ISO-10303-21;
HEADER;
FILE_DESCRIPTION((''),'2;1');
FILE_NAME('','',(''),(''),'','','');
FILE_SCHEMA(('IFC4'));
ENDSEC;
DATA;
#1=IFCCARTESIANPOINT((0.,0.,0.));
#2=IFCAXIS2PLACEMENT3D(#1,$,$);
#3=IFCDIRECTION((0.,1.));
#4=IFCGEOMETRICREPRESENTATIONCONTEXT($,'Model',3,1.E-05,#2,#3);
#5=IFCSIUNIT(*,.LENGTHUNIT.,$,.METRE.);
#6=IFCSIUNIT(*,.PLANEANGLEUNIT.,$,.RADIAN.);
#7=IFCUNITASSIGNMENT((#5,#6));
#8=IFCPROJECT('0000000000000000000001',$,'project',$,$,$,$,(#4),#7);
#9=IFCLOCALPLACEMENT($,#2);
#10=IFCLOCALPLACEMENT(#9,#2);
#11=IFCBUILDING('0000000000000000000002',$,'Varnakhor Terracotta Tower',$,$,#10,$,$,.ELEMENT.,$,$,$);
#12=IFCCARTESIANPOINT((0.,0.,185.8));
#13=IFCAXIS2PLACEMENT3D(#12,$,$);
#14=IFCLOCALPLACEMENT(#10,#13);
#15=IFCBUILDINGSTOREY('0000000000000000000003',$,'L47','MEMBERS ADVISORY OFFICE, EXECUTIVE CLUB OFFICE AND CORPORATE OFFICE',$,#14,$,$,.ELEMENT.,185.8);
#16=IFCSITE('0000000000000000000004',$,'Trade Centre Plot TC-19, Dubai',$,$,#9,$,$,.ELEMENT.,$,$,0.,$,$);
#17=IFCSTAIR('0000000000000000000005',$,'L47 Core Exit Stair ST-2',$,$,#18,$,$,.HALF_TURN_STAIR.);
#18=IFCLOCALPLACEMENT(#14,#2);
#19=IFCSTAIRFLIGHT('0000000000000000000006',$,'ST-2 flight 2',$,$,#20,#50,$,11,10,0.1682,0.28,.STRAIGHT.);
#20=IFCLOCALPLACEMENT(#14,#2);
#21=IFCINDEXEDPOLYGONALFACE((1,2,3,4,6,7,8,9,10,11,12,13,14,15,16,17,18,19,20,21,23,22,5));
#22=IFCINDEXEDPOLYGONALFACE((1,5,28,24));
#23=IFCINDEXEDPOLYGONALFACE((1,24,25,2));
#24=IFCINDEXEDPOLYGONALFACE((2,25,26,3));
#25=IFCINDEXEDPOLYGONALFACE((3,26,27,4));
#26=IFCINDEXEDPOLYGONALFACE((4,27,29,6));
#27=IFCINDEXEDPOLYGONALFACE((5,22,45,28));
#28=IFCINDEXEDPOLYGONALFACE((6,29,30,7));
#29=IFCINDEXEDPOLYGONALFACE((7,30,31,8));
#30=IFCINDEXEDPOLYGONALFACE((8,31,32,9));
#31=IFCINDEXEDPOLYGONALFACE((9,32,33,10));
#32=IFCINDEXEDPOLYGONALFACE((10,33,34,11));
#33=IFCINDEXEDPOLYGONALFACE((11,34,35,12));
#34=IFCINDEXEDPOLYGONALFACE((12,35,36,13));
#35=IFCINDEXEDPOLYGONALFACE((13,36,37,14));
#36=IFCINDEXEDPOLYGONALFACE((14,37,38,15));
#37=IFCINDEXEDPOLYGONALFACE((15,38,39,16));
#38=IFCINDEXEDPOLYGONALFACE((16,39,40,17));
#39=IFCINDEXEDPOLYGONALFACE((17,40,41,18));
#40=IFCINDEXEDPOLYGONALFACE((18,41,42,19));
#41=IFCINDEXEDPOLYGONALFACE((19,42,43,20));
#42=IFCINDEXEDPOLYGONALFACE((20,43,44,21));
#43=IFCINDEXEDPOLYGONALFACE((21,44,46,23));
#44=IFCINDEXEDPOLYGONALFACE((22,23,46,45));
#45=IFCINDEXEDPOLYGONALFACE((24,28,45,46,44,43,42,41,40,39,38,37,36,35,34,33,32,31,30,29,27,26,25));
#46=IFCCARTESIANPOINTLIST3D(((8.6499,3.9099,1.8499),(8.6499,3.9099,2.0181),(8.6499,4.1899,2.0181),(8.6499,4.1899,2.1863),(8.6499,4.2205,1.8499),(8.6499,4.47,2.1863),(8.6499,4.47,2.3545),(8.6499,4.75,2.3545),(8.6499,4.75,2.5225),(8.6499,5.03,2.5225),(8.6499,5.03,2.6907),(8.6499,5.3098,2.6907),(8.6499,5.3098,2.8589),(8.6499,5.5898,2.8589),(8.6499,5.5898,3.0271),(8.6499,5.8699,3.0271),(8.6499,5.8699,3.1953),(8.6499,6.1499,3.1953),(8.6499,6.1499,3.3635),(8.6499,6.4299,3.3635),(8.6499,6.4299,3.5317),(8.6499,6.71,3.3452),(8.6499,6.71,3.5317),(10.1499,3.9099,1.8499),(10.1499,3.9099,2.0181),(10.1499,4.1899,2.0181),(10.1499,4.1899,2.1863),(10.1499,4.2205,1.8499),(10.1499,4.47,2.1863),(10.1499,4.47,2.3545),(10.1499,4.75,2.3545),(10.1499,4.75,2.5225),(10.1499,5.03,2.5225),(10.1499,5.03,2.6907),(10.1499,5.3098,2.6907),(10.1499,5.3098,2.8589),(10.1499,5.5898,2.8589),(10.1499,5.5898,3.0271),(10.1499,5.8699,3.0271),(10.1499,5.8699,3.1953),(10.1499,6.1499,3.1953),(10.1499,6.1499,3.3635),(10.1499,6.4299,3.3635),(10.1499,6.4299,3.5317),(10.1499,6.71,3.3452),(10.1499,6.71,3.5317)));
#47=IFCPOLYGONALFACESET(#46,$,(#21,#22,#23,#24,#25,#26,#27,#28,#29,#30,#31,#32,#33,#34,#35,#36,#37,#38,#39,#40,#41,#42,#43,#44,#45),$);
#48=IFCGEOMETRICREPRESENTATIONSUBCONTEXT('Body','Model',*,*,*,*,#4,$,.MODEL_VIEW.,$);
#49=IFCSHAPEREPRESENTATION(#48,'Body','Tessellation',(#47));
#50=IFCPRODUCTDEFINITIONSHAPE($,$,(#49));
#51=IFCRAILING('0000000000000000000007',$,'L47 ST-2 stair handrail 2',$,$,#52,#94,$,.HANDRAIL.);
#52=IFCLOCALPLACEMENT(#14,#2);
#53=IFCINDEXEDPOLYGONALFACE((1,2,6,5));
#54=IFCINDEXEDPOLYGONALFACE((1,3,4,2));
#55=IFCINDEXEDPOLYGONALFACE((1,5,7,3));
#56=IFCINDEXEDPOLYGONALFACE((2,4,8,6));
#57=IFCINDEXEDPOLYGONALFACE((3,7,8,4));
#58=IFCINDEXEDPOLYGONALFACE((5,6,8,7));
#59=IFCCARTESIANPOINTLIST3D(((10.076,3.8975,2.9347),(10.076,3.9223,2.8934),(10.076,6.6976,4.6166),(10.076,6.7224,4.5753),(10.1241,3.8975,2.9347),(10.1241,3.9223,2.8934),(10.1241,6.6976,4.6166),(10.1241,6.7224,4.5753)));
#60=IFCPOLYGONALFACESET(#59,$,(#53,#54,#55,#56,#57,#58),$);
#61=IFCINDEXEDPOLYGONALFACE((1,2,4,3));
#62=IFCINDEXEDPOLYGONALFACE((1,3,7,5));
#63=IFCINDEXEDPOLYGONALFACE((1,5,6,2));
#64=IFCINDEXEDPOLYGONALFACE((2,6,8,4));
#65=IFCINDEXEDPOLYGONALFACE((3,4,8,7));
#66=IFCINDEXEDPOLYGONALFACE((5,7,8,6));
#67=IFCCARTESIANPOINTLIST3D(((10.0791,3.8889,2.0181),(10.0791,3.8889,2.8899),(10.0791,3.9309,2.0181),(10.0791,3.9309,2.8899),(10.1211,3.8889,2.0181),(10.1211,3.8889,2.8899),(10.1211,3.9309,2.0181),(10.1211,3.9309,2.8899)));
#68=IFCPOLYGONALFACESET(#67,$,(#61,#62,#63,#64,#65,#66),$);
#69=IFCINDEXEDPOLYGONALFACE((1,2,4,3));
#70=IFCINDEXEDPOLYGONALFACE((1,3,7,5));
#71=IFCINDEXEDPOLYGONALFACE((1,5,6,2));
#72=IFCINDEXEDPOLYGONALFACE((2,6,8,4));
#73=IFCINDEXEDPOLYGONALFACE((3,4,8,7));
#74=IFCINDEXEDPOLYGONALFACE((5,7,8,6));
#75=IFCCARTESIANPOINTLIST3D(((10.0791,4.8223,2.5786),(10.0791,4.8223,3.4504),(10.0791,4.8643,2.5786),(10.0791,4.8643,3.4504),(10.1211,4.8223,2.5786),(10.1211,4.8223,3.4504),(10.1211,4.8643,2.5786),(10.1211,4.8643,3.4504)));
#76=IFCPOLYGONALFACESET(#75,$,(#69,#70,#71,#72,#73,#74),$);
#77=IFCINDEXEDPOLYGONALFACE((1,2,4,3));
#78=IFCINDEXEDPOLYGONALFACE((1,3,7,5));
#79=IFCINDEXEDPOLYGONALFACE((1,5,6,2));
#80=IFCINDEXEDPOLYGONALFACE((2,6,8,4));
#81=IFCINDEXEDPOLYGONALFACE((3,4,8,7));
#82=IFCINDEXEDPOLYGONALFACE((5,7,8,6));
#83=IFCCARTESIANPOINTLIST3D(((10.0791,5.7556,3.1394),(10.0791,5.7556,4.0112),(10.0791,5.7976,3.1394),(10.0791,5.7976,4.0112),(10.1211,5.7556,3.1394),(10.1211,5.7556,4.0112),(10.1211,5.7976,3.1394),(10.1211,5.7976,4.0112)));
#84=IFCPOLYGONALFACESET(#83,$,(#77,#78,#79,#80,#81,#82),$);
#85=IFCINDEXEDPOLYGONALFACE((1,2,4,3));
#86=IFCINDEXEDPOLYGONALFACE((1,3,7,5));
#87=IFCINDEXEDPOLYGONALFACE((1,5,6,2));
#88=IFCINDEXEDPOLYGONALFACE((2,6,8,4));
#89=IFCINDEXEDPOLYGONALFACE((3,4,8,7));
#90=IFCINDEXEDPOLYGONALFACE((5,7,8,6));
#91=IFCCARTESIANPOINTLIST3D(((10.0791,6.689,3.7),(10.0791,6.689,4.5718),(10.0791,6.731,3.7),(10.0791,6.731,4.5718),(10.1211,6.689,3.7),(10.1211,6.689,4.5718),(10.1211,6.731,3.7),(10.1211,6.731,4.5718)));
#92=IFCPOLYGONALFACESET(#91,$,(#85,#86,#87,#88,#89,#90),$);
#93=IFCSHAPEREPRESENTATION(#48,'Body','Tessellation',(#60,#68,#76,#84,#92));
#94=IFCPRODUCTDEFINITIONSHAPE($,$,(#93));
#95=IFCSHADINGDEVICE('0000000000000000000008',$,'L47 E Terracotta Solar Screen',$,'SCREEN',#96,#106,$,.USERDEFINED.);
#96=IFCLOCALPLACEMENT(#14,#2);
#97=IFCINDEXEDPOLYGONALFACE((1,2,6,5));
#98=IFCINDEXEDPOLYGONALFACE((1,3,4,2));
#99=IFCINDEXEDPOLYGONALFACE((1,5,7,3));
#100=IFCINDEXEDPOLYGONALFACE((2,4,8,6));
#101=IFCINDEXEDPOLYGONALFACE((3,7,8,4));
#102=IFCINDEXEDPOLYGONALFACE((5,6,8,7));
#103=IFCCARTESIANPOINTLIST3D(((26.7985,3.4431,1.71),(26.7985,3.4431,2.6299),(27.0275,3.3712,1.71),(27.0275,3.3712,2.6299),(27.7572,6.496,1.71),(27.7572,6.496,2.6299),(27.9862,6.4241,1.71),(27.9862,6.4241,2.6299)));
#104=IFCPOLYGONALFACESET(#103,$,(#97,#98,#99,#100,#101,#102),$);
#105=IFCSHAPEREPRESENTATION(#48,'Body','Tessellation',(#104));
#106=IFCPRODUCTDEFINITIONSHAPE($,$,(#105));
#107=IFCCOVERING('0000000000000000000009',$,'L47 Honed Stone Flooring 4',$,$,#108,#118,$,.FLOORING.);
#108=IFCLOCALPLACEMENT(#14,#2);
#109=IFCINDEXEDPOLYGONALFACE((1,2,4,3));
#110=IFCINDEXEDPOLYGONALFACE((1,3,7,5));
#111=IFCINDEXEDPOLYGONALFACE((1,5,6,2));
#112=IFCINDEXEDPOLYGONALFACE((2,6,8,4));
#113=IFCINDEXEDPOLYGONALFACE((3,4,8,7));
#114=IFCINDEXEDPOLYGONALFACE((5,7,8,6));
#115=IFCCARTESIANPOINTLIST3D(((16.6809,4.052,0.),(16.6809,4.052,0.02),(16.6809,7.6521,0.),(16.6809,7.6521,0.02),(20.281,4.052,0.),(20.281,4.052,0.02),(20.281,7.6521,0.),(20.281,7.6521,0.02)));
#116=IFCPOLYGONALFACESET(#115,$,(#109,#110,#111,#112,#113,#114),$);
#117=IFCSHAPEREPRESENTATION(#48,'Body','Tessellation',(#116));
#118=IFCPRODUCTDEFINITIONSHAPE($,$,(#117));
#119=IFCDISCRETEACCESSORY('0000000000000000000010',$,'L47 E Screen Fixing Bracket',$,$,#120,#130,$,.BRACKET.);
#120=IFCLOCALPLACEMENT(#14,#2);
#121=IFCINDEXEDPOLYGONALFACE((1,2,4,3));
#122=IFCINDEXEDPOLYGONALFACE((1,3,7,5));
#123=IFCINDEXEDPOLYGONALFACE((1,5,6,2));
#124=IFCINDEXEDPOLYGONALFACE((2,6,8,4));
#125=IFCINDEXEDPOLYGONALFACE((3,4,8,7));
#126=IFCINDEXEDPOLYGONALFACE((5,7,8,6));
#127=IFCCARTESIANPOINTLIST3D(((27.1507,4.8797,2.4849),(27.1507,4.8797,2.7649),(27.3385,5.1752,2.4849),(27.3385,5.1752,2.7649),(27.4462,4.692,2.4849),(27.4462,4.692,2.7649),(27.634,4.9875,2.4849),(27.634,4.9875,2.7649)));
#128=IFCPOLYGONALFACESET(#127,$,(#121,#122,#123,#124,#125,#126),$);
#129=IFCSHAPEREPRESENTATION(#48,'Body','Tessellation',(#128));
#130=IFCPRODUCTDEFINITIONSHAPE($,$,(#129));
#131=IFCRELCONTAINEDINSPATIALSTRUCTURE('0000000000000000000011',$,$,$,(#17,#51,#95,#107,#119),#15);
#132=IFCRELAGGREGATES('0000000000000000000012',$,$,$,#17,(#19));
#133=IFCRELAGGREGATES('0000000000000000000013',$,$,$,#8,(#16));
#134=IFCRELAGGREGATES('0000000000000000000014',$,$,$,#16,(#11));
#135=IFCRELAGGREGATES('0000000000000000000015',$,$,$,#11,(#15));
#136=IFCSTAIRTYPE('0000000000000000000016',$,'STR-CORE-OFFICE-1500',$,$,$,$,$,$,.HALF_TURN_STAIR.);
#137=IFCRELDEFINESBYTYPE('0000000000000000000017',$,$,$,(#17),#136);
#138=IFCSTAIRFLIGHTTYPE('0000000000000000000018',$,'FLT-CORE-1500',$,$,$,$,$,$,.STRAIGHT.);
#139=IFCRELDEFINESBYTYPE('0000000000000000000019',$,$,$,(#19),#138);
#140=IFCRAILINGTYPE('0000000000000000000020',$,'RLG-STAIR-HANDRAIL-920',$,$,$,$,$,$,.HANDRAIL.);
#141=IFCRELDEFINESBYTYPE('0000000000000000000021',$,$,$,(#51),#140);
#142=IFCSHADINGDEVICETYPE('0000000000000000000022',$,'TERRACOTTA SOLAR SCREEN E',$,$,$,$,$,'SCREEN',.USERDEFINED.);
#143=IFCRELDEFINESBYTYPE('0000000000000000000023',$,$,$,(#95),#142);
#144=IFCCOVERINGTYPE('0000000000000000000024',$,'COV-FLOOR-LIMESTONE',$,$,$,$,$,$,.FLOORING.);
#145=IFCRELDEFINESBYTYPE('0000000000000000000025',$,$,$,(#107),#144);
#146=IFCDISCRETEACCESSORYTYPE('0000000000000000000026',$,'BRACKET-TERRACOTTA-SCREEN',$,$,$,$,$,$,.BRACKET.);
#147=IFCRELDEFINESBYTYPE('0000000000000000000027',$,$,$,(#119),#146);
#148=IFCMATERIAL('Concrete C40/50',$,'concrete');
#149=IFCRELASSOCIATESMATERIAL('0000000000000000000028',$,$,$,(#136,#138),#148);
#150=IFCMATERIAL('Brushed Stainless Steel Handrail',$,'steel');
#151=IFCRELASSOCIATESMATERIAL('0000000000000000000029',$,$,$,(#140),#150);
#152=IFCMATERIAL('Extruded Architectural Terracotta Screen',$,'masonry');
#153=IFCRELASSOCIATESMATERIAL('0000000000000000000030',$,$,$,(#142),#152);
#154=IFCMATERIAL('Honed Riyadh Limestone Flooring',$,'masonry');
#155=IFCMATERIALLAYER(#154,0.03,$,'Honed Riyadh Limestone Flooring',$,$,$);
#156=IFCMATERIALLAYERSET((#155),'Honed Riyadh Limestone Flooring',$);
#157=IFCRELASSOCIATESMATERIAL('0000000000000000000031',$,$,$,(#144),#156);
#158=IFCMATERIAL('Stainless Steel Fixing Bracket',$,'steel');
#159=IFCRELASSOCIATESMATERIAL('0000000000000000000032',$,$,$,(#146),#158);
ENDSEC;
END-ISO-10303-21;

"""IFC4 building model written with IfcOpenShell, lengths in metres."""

from ifc_helpers import new_model, si_unit, direction, frame, origin, origin_2d, place, context, subcontext, project, spatial, polyline, rectangle, outline, extrude, source, transform, mapped, material, layer, layer_set, type_object, type_shapes, element, aggregate, save


model = new_model("IFC4")

# Units and contexts
model_context = context("Model", 3, precision=1e-05, world=origin(), true_north=direction((0.0, 1.0)))
body_context = subcontext(model_context, "Body", "Model", "MODEL_VIEW")
ifc_project = project(units=[si_unit("LENGTHUNIT", "METRE"), si_unit("PLANEANGLEUNIT", "RADIAN")], contexts=[model_context])

# Site, building, storey
site_placement = place(None, origin())
site = spatial("IfcSite", under=ifc_project, at=site_placement, Name="Trade Centre Plot TC-19, Dubai", CompositionType="ELEMENT", RefElevation=0.0)
building_placement = place(site_placement, origin())
building = spatial("IfcBuilding", under=site, at=building_placement, Name="Varnakhor Terracotta Tower", CompositionType="ELEMENT")
storey_placement = place(building_placement, frame((0.0, 0.0, 185.8)))
storey = spatial("IfcBuildingStorey", under=building, at=storey_placement, Name="L47", Description="MEMBERS ADVISORY OFFICE, EXECUTIVE CLUB OFFICE AND CORPORATE OFFICE", CompositionType="ELEMENT", Elevation=185.8)

# Stair, stair flight
ifc_material_1 = material(Name="Concrete C40/50", Category="concrete")
stair_type = type_object("IfcStairType", Name="STR-CORE-OFFICE-1500", PredefinedType="HALF_TURN_STAIR", material=ifc_material_1)
stair_placement = place(storey_placement, origin())
stair = element("IfcStair", 1, at=stair_placement, inside=storey, type_object=stair_type, Name="L47 Core Exit Stair ST-2", PredefinedType="HALF_TURN_STAIR")
stair_flight_type = type_object("IfcStairFlightType", Name="FLT-CORE-1500", PredefinedType="STRAIGHT", material=ifc_material_1)
stair_flight_placement = place(storey_placement, frame((9.3999, 3.9099, 1.8499), z_axis=(0.0, 0.0, 1.0), x_axis=(0.0, 1.0, 0.0)))
stair_flight = element("IfcStairFlight", 2, at=stair_flight_placement, type_object=stair_flight_type, Name="ST-2 flight 2", NumberOfRisers=11, NumberOfTreads=10, PredefinedType="STRAIGHT", RiserHeight=0.1682, TreadLength=0.28, context=body_context, shape_type="SweptSolid", body=[
    extrude(outline(polyline([(0.0, 0.0), (0.0, 0.1682), (0.28, 0.1682), (0.28, 0.3364), (0.5601, 0.3364), (0.5601, 0.5046), (0.8401, 0.5046), (0.8401, 0.6726), (1.1201, 0.6726), (1.1201, 0.8408), (1.3999, 0.8408), (1.3999, 1.009), (1.6799, 1.009), (1.6799, 1.1772), (1.96, 1.1772), (1.96, 1.3455), (2.24, 1.3455), (2.24, 1.5137), (2.52, 1.5137), (2.52, 1.6819), (2.8, 1.6819), (2.8, 1.8501), (2.8, 1.4954), (0.3105, 0.0), (0.0, 0.0)])), frame((0.0, 0.75, 0.0), z_axis=(0.0, -1.0, 0.0), x_axis=(1.0, 0.0, 0.0)), (0.0, 0.0, 1.0), 1.5),
])
aggregate(stair, [stair_flight])

# Railing
ifc_material_2 = material(Name="Brushed Stainless Steel Handrail", Category="steel")
railing_type = type_object("IfcRailingType", Name="RLG-STAIR-HANDRAIL-920", PredefinedType="HANDRAIL", material=ifc_material_2)
railing_placement = place(storey_placement, frame((10.1001, 3.9099, 2.0181)))
element("IfcRailing", 3, at=railing_placement, inside=storey, type_object=railing_type, Name="L47 ST-2 stair handrail 2", PredefinedType="HANDRAIL", context=body_context, shape_type="SweptSolid", body=[
    extrude(rectangle(XDim=0.0481, YDim=0.0481, at=origin_2d()), frame((0.0, 0.0, 0.896), z_axis=(0.0, 0.857242, 0.514913), x_axis=(-1.0, 0.0, 0.0)), (0.0, 0.0, 1.0), 3.2664),
    extrude(rectangle(XDim=0.042, YDim=0.042, at=origin_2d()), origin(), (0.0, 0.0, 1.0), 0.8718),
    extrude(rectangle(XDim=0.042, YDim=0.042, at=origin_2d()), frame((0.0, 0.9333, 0.5605)), (0.0, 0.0, 1.0), 0.8718),
    extrude(rectangle(XDim=0.042, YDim=0.042, at=origin_2d()), frame((0.0, 1.8667, 1.1213)), (0.0, 0.0, 1.0), 0.8718),
    extrude(rectangle(XDim=0.042, YDim=0.042, at=origin_2d()), frame((0.0, 2.8, 1.6819)), (0.0, 0.0, 1.0), 0.8718),
])

# Shading device
ifc_material_3 = material(Name="Extruded Architectural Terracotta Screen", Category="masonry")
shading_device_type = type_object("IfcShadingDeviceType", Name="TERRACOTTA SOLAR SCREEN E", ElementType="SCREEN", PredefinedType="USERDEFINED", material=ifc_material_3)
shared_shape_1 = source(origin(), body_context, "Body", "SweptSolid", [
    extrude(rectangle(XDim=3.2, YDim=0.24, at=origin_2d()), origin(), (0.0, 0.0, 1.0), 0.9199),
])
type_shapes(shading_device_type, [shared_shape_1])
shading_device_placement = place(storey_placement, frame((27.3923, 4.9336, 1.71), z_axis=(0.0, 0.0, 1.0), x_axis=(0.29959, 0.954068, 0.0)))
element("IfcShadingDevice", 4, at=shading_device_placement, inside=storey, type_object=shading_device_type, Name="L47 E Terracotta Solar Screen", ObjectType="SCREEN", PredefinedType="USERDEFINED", context=body_context, shape_type="MappedRepresentation", body=[
    mapped(shared_shape_1, transform((0.0, 0.0, 0.0), scale=1.0)),
])

# Covering
ifc_material_4 = material(Name="Honed Riyadh Limestone Flooring", Category="masonry")
ifc_layer_1 = layer(ifc_material_4, 0.03, Name="Honed Riyadh Limestone Flooring")
ifc_layer_set_1 = layer_set([ifc_layer_1], Name="Honed Riyadh Limestone Flooring")
covering_type = type_object("IfcCoveringType", Name="COV-FLOOR-LIMESTONE", PredefinedType="FLOORING", material=ifc_layer_set_1)
shared_shape_2 = source(origin(), body_context, "Body", "SweptSolid", [
    extrude(rectangle(XDim=3.6001, YDim=3.6001, at=origin_2d()), origin(), (0.0, 0.0, 1.0), 0.02),
])
covering_placement = place(storey_placement, frame((18.481, 5.8521, 0.0), z_axis=(0.0, 0.0, 1.0), x_axis=(1.0, 0.0, 0.0)))
element("IfcCovering", 5, at=covering_placement, inside=storey, type_object=covering_type, Name="L47 Honed Stone Flooring 4", PredefinedType="FLOORING", context=body_context, shape_type="MappedRepresentation", body=[
    mapped(shared_shape_2, transform((0.0, 0.0, 0.0), scale=1.0)),
])

# Discrete accessory
ifc_material_5 = material(Name="Stainless Steel Fixing Bracket", Category="steel")
discrete_accessory_type = type_object("IfcDiscreteAccessoryType", Name="BRACKET-TERRACOTTA-SCREEN", PredefinedType="BRACKET", material=ifc_material_5)
shared_shape_3 = source(origin(), body_context, "Body", "SweptSolid", [
    extrude(rectangle(XDim=0.3501, YDim=0.3501, at=origin_2d()), origin(), (0.0, 0.0, 1.0), 0.28),
])
type_shapes(discrete_accessory_type, [shared_shape_3])
discrete_accessory_placement = place(storey_placement, frame((27.3923, 4.9336, 2.4849), z_axis=(0.0, 0.0, 1.0), x_axis=(0.536313, 0.844019, 0.0)))
element("IfcDiscreteAccessory", 6, at=discrete_accessory_placement, inside=storey, type_object=discrete_accessory_type, Name="L47 E Screen Fixing Bracket", PredefinedType="BRACKET", context=body_context, shape_type="MappedRepresentation", body=[
    mapped(shared_shape_3, transform((0.0, 0.0, 0.0), scale=1.0)),
])

save(model, "model.ifc")
